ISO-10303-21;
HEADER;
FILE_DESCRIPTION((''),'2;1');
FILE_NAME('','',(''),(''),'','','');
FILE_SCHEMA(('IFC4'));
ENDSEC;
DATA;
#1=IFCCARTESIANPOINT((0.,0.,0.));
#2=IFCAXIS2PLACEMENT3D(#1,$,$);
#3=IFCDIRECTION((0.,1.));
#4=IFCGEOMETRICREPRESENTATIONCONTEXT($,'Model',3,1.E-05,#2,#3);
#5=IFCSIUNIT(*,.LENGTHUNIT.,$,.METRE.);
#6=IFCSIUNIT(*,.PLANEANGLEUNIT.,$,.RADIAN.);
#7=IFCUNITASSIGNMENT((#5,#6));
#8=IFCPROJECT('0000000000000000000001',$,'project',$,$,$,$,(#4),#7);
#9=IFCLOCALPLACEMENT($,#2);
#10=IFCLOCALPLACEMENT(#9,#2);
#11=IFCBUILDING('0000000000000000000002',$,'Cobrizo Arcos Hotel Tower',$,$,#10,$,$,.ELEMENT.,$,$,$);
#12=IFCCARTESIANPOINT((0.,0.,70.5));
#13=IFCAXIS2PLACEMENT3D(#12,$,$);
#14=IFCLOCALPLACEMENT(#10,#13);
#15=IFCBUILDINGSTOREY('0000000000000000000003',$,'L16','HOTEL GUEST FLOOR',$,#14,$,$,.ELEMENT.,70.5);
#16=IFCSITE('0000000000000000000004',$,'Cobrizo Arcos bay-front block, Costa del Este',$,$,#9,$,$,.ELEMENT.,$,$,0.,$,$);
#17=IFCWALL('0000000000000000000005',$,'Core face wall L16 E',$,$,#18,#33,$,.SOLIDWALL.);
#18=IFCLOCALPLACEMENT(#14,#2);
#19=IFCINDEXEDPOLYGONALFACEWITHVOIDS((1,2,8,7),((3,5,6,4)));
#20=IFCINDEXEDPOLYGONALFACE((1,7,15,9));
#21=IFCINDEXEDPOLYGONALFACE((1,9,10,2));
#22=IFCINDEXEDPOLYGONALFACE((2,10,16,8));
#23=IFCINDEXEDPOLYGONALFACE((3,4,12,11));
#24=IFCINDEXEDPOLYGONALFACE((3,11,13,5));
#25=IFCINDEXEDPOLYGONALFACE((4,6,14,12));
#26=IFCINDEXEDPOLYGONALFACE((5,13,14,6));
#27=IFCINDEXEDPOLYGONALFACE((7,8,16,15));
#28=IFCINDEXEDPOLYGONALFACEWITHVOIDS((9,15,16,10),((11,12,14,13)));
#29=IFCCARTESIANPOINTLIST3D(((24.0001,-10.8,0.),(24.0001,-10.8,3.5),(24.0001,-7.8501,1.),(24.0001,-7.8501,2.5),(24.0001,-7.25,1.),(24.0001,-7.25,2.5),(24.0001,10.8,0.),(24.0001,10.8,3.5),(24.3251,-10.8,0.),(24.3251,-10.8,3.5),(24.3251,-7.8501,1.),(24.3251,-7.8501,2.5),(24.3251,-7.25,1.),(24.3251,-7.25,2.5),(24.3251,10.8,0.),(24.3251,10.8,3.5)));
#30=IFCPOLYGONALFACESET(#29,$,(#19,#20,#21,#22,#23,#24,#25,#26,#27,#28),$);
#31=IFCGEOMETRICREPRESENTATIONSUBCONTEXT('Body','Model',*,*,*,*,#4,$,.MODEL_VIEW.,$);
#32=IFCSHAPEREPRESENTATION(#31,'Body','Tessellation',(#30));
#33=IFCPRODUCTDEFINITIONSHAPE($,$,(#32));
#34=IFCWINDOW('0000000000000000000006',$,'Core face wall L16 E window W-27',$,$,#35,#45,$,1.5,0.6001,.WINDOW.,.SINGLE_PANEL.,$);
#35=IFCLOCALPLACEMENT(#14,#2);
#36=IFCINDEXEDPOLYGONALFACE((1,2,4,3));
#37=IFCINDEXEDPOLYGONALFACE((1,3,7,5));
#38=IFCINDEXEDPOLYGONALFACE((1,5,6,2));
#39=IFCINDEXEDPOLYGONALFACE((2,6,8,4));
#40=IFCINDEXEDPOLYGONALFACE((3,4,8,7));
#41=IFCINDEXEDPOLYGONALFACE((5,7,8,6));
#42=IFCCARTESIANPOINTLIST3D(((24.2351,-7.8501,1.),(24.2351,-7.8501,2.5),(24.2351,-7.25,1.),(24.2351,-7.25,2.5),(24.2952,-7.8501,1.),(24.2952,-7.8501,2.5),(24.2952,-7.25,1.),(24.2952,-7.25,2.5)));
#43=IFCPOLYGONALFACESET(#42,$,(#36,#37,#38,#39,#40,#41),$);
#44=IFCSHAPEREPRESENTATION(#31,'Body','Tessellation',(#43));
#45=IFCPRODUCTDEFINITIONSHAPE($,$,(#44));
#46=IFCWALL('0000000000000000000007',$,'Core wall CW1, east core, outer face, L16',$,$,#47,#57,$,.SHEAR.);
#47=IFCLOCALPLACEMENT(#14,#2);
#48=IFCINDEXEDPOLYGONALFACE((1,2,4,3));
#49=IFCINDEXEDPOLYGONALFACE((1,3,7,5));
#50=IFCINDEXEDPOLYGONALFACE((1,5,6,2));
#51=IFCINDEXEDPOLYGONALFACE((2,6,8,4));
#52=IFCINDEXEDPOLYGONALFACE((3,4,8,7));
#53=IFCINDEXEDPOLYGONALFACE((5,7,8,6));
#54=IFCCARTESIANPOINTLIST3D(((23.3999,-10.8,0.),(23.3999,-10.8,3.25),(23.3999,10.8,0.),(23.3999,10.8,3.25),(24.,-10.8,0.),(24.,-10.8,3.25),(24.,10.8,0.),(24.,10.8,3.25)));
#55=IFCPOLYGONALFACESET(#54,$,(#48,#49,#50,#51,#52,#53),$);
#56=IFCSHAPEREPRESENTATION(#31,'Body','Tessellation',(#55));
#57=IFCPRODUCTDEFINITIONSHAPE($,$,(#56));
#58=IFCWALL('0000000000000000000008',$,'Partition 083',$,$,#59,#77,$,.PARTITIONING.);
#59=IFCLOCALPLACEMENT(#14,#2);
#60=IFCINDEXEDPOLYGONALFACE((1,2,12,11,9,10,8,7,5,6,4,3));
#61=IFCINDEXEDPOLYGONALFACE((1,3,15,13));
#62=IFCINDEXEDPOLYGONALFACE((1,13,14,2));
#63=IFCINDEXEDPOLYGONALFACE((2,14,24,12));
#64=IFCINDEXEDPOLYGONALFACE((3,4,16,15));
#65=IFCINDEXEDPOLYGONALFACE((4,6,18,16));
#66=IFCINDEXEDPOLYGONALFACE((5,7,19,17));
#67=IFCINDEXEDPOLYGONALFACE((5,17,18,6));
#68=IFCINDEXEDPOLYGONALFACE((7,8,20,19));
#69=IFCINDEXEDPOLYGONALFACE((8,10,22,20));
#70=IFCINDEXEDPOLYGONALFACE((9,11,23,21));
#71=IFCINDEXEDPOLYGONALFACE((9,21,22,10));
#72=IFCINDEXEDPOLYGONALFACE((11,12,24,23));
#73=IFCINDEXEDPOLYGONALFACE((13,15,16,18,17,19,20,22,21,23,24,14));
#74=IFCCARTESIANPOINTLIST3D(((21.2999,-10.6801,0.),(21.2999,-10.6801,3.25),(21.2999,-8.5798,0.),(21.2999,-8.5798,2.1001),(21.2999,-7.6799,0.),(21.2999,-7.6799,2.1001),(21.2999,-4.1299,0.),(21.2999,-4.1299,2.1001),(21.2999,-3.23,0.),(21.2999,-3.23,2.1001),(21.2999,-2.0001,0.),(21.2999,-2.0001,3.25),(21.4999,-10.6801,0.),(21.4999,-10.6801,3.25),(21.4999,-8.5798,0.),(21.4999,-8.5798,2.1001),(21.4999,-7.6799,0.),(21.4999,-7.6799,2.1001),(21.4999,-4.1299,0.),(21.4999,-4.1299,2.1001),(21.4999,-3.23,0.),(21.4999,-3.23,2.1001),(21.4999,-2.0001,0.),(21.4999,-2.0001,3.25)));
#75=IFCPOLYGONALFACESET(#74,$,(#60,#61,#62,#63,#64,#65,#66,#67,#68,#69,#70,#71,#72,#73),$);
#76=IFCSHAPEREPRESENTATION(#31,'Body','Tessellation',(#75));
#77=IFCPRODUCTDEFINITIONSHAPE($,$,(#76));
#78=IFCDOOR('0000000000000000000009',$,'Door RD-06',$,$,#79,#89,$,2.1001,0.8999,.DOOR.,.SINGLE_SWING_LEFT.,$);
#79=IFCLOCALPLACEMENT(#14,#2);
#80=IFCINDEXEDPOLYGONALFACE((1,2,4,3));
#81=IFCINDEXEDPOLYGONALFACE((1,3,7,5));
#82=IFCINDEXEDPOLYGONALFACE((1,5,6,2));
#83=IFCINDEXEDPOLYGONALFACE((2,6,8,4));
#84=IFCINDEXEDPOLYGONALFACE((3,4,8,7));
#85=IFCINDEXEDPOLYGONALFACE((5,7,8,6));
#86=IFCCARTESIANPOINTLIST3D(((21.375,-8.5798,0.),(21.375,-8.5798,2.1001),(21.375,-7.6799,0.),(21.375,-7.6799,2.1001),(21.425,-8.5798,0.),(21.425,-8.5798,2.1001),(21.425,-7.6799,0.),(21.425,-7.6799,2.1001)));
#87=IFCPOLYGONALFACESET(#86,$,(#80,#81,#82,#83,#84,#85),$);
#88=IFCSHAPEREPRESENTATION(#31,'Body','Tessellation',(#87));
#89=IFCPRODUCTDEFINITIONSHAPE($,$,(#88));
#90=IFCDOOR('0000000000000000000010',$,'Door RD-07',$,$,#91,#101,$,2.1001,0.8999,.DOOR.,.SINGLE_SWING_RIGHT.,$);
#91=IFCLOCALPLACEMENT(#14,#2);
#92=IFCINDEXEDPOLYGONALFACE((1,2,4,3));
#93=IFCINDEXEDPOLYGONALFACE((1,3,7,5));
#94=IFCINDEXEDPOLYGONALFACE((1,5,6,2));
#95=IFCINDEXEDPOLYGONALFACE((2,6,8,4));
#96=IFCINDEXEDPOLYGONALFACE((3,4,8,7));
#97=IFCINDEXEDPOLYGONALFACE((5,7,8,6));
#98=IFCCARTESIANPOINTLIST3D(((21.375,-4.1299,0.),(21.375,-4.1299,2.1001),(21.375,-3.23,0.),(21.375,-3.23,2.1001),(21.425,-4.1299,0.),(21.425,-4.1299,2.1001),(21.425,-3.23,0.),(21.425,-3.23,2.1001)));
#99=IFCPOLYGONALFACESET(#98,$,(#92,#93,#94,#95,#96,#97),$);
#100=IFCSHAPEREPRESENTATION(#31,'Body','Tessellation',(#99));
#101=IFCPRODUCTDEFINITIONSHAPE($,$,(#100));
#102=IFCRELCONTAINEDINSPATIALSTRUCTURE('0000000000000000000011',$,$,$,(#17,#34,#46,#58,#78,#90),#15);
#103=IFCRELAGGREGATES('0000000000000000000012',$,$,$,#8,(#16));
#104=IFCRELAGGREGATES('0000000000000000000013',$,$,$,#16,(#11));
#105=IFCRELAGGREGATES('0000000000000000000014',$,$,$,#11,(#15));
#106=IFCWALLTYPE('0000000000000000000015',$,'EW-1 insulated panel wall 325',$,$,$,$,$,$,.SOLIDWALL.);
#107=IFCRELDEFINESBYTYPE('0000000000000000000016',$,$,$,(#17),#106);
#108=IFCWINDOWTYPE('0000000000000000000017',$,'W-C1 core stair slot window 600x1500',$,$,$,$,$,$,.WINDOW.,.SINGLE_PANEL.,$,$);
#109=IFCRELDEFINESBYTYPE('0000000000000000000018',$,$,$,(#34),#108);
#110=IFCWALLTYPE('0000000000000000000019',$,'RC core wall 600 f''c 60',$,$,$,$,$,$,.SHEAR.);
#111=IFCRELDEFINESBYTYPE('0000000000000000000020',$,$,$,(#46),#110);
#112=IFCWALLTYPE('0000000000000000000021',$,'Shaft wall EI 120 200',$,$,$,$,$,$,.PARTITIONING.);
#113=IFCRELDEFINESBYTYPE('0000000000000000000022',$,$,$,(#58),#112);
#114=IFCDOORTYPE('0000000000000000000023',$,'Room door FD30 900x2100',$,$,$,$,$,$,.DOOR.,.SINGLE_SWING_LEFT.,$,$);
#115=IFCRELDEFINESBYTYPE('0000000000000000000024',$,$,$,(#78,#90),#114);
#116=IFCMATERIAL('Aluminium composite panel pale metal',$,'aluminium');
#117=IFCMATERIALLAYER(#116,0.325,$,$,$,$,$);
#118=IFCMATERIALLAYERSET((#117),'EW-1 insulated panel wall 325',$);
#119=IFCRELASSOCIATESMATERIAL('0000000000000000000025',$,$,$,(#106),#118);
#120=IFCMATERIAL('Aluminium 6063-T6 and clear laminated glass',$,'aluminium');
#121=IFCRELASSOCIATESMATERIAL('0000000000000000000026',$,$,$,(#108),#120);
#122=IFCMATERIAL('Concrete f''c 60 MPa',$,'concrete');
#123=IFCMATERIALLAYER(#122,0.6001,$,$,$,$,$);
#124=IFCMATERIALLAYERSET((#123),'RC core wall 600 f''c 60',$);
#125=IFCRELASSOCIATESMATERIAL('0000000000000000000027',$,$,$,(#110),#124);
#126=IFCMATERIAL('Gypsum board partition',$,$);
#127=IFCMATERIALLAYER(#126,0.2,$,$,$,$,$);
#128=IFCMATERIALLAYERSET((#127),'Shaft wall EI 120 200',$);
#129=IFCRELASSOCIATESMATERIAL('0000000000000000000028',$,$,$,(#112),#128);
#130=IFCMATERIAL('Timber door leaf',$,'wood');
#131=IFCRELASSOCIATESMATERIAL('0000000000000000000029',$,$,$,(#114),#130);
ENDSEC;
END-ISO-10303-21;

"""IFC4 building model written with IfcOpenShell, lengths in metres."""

from ifc_helpers import new_model, si_unit, direction, frame, frame_2d, origin, place, context, subcontext, project, spatial, rectangle, extrude, material, layer, layer_set, type_object, element, fill, save


model = new_model("IFC4")

# Units and contexts
model_context = context("Model", 3, precision=1e-05, world=origin(), true_north=direction((0.0, 1.0)))
body_context = subcontext(model_context, "Body", "Model", "MODEL_VIEW")
ifc_project = project(units=[si_unit("LENGTHUNIT", "METRE"), si_unit("PLANEANGLEUNIT", "RADIAN")], contexts=[model_context])

# Site, building, storey
site_placement = place(None, origin())
site = spatial("IfcSite", under=ifc_project, at=site_placement, Name="Cobrizo Arcos bay-front block, Costa del Este", CompositionType="ELEMENT", RefElevation=0.0)
building_placement = place(site_placement, origin())
building = spatial("IfcBuilding", under=site, at=building_placement, Name="Cobrizo Arcos Hotel Tower", CompositionType="ELEMENT")
storey_placement = place(building_placement, frame((0.0, 0.0, 70.5)))
storey = spatial("IfcBuildingStorey", under=building, at=storey_placement, Name="L16", Description="HOTEL GUEST FLOOR", CompositionType="ELEMENT", Elevation=70.5)

# Shared definitions
ifc_material_1 = material(Name="Aluminium composite panel pale metal", Category="aluminium")

# Wall, opening, window
ifc_layer_1 = layer(ifc_material_1, 0.325)
ifc_layer_set_1 = layer_set([ifc_layer_1], Name="EW-1 insulated panel wall 325")
wall_type_1 = type_object("IfcWallType", Name="EW-1 insulated panel wall 325", PredefinedType="SOLIDWALL", material=ifc_layer_set_1)
wall_1_placement = place(storey_placement, frame((24.1626, -10.8, 0.0), z_axis=(0.0, 0.0, 1.0), x_axis=(0.0, 1.0, 0.0)))
wall_1 = element("IfcWall", 1, at=wall_1_placement, inside=storey, type_object=wall_type_1, Name="Core face wall L16 E", PredefinedType="SOLIDWALL", context=body_context, shape_type="SweptSolid", body=[
    extrude(rectangle(XDim=21.6001, YDim=0.325, at=frame_2d((10.8, 0.0))), origin(), (0.0, 0.0, 1.0), 3.5),
])
opening_1_placement = place(wall_1_placement, frame((2.95, 0.0, 1.0)))
opening_1 = element("IfcOpeningElement", 2, at=opening_1_placement, cuts=wall_1, PredefinedType="OPENING", context=body_context, shape_type="SweptSolid", body=[
    extrude(rectangle(XDim=0.6001, YDim=1.5, at=frame_2d((0.3, 0.75))), frame((0.0, 0.1746, 0.0), z_axis=(0.0, -1.0, 0.0), x_axis=(1.0, 0.0, 0.0)), (0.0, 0.0, 1.0), 0.3489),
])
ifc_material_2 = material(Name="Aluminium 6063-T6 and clear laminated glass", Category="aluminium")
window_type = type_object("IfcWindowType", Name="W-C1 core stair slot window 600x1500", PartitioningType="SINGLE_PANEL", PredefinedType="WINDOW", material=ifc_material_2)
window_placement = place(opening_1_placement, origin())
window = element("IfcWindow", 3, at=window_placement, inside=storey, type_object=window_type, Name="Core face wall L16 E window W-27", OverallHeight=1.5, OverallWidth=0.6001, PartitioningType="SINGLE_PANEL", PredefinedType="WINDOW", context=body_context, shape_type="SweptSolid", body=[
    extrude(rectangle(XDim=0.6001, YDim=1.5, at=frame_2d((0.3, 0.75))), frame((0.0, -0.0725, 0.0), z_axis=(0.0, -1.0, 0.0), x_axis=(1.0, 0.0, 0.0)), (0.0, 0.0, 1.0), 0.0601),
])
fill(opening_1, window)

# Wall
ifc_material_3 = material(Name="Concrete f'c 60 MPa", Category="concrete")
ifc_layer_2 = layer(ifc_material_3, 0.6001)
ifc_layer_set_2 = layer_set([ifc_layer_2], Name="RC core wall 600 f'c 60")
wall_type_2 = type_object("IfcWallType", Name="RC core wall 600 f'c 60", PredefinedType="SHEAR", material=ifc_layer_set_2)
wall_2_placement = place(storey_placement, frame((23.7, -10.8, 0.0), z_axis=(0.0, 0.0, 1.0), x_axis=(0.0, 1.0, 0.0)))
element("IfcWall", 4, at=wall_2_placement, inside=storey, type_object=wall_type_2, Name="Core wall CW1, east core, outer face, L16", PredefinedType="SHEAR", context=body_context, shape_type="SweptSolid", body=[
    extrude(rectangle(XDim=21.6001, YDim=0.6001, at=frame_2d((10.8, 0.0))), origin(), (0.0, 0.0, 1.0), 3.25),
])

# Wall, openings, doors
ifc_material_4 = material(Name="Gypsum board partition")
ifc_layer_3 = layer(ifc_material_4, 0.2)
ifc_layer_set_3 = layer_set([ifc_layer_3], Name="Shaft wall EI 120 200")
wall_type_3 = type_object("IfcWallType", Name="Shaft wall EI 120 200", PredefinedType="PARTITIONING", material=ifc_layer_set_3)
wall_3_placement = place(storey_placement, frame((21.3999, -10.6799, 0.0), z_axis=(0.0, 0.0, 1.0), x_axis=(0.0, 1.0, 0.0)))
wall_3 = element("IfcWall", 5, at=wall_3_placement, inside=storey, type_object=wall_type_3, Name="Partition 083", PredefinedType="PARTITIONING", context=body_context, shape_type="SweptSolid", body=[
    extrude(rectangle(XDim=8.6799, YDim=0.2, at=frame_2d((4.3398, 0.0))), origin(), (0.0, 0.0, 1.0), 3.25),
])
opening_2_placement = place(wall_3_placement, frame((2.1001, 0.0, 0.0)))
opening_2 = element("IfcOpeningElement", 6, at=opening_2_placement, cuts=wall_3, PredefinedType="OPENING", context=body_context, shape_type="SweptSolid", body=[
    extrude(rectangle(XDim=0.8999, YDim=2.1001, at=frame_2d((0.45, 1.05))), frame((0.0, 0.1121, 0.0), z_axis=(0.0, -1.0, 0.0), x_axis=(1.0, 0.0, 0.0)), (0.0, 0.0, 1.0), 0.2239),
])
opening_3_placement = place(wall_3_placement, frame((6.55, 0.0, 0.0)))
opening_3 = element("IfcOpeningElement", 7, at=opening_3_placement, cuts=wall_3, PredefinedType="OPENING", context=body_context, shape_type="SweptSolid", body=[
    extrude(rectangle(XDim=0.8999, YDim=2.1001, at=frame_2d((0.45, 1.05))), frame((0.0, 0.1121, 0.0), z_axis=(0.0, -1.0, 0.0), x_axis=(1.0, 0.0, 0.0)), (0.0, 0.0, 1.0), 0.2239),
])
ifc_material_5 = material(Name="Timber door leaf", Category="wood")
door_type = type_object("IfcDoorType", Name="Room door FD30 900x2100", OperationType="SINGLE_SWING_LEFT", PredefinedType="DOOR", material=ifc_material_5)
door_1_placement = place(opening_2_placement, origin())
door_1 = element("IfcDoor", 8, at=door_1_placement, inside=storey, type_object=door_type, Name="Door RD-06", OperationType="SINGLE_SWING_LEFT", OverallHeight=2.1001, OverallWidth=0.8999, PredefinedType="DOOR", context=body_context, shape_type="SweptSolid", body=[
    extrude(rectangle(XDim=0.8999, YDim=2.1001, at=frame_2d((0.45, 1.05))), frame((0.0, 0.0249, 0.0), z_axis=(0.0, -1.0, 0.0), x_axis=(1.0, 0.0, 0.0)), (0.0, 0.0, 1.0), 0.05),
])
fill(opening_2, door_1)
door_2_placement = place(opening_3_placement, origin())
door_2 = element("IfcDoor", 9, at=door_2_placement, inside=storey, type_object=door_type, Name="Door RD-07", OperationType="SINGLE_SWING_RIGHT", OverallHeight=2.1001, OverallWidth=0.8999, PredefinedType="DOOR", context=body_context, shape_type="SweptSolid", body=[
    extrude(rectangle(XDim=0.8999, YDim=2.1001, at=frame_2d((0.45, 1.05))), frame((0.0, 0.0249, 0.0), z_axis=(0.0, -1.0, 0.0), x_axis=(1.0, 0.0, 0.0)), (0.0, 0.0, 1.0), 0.05),
])
fill(opening_3, door_2)

save(model, "model.ifc")
